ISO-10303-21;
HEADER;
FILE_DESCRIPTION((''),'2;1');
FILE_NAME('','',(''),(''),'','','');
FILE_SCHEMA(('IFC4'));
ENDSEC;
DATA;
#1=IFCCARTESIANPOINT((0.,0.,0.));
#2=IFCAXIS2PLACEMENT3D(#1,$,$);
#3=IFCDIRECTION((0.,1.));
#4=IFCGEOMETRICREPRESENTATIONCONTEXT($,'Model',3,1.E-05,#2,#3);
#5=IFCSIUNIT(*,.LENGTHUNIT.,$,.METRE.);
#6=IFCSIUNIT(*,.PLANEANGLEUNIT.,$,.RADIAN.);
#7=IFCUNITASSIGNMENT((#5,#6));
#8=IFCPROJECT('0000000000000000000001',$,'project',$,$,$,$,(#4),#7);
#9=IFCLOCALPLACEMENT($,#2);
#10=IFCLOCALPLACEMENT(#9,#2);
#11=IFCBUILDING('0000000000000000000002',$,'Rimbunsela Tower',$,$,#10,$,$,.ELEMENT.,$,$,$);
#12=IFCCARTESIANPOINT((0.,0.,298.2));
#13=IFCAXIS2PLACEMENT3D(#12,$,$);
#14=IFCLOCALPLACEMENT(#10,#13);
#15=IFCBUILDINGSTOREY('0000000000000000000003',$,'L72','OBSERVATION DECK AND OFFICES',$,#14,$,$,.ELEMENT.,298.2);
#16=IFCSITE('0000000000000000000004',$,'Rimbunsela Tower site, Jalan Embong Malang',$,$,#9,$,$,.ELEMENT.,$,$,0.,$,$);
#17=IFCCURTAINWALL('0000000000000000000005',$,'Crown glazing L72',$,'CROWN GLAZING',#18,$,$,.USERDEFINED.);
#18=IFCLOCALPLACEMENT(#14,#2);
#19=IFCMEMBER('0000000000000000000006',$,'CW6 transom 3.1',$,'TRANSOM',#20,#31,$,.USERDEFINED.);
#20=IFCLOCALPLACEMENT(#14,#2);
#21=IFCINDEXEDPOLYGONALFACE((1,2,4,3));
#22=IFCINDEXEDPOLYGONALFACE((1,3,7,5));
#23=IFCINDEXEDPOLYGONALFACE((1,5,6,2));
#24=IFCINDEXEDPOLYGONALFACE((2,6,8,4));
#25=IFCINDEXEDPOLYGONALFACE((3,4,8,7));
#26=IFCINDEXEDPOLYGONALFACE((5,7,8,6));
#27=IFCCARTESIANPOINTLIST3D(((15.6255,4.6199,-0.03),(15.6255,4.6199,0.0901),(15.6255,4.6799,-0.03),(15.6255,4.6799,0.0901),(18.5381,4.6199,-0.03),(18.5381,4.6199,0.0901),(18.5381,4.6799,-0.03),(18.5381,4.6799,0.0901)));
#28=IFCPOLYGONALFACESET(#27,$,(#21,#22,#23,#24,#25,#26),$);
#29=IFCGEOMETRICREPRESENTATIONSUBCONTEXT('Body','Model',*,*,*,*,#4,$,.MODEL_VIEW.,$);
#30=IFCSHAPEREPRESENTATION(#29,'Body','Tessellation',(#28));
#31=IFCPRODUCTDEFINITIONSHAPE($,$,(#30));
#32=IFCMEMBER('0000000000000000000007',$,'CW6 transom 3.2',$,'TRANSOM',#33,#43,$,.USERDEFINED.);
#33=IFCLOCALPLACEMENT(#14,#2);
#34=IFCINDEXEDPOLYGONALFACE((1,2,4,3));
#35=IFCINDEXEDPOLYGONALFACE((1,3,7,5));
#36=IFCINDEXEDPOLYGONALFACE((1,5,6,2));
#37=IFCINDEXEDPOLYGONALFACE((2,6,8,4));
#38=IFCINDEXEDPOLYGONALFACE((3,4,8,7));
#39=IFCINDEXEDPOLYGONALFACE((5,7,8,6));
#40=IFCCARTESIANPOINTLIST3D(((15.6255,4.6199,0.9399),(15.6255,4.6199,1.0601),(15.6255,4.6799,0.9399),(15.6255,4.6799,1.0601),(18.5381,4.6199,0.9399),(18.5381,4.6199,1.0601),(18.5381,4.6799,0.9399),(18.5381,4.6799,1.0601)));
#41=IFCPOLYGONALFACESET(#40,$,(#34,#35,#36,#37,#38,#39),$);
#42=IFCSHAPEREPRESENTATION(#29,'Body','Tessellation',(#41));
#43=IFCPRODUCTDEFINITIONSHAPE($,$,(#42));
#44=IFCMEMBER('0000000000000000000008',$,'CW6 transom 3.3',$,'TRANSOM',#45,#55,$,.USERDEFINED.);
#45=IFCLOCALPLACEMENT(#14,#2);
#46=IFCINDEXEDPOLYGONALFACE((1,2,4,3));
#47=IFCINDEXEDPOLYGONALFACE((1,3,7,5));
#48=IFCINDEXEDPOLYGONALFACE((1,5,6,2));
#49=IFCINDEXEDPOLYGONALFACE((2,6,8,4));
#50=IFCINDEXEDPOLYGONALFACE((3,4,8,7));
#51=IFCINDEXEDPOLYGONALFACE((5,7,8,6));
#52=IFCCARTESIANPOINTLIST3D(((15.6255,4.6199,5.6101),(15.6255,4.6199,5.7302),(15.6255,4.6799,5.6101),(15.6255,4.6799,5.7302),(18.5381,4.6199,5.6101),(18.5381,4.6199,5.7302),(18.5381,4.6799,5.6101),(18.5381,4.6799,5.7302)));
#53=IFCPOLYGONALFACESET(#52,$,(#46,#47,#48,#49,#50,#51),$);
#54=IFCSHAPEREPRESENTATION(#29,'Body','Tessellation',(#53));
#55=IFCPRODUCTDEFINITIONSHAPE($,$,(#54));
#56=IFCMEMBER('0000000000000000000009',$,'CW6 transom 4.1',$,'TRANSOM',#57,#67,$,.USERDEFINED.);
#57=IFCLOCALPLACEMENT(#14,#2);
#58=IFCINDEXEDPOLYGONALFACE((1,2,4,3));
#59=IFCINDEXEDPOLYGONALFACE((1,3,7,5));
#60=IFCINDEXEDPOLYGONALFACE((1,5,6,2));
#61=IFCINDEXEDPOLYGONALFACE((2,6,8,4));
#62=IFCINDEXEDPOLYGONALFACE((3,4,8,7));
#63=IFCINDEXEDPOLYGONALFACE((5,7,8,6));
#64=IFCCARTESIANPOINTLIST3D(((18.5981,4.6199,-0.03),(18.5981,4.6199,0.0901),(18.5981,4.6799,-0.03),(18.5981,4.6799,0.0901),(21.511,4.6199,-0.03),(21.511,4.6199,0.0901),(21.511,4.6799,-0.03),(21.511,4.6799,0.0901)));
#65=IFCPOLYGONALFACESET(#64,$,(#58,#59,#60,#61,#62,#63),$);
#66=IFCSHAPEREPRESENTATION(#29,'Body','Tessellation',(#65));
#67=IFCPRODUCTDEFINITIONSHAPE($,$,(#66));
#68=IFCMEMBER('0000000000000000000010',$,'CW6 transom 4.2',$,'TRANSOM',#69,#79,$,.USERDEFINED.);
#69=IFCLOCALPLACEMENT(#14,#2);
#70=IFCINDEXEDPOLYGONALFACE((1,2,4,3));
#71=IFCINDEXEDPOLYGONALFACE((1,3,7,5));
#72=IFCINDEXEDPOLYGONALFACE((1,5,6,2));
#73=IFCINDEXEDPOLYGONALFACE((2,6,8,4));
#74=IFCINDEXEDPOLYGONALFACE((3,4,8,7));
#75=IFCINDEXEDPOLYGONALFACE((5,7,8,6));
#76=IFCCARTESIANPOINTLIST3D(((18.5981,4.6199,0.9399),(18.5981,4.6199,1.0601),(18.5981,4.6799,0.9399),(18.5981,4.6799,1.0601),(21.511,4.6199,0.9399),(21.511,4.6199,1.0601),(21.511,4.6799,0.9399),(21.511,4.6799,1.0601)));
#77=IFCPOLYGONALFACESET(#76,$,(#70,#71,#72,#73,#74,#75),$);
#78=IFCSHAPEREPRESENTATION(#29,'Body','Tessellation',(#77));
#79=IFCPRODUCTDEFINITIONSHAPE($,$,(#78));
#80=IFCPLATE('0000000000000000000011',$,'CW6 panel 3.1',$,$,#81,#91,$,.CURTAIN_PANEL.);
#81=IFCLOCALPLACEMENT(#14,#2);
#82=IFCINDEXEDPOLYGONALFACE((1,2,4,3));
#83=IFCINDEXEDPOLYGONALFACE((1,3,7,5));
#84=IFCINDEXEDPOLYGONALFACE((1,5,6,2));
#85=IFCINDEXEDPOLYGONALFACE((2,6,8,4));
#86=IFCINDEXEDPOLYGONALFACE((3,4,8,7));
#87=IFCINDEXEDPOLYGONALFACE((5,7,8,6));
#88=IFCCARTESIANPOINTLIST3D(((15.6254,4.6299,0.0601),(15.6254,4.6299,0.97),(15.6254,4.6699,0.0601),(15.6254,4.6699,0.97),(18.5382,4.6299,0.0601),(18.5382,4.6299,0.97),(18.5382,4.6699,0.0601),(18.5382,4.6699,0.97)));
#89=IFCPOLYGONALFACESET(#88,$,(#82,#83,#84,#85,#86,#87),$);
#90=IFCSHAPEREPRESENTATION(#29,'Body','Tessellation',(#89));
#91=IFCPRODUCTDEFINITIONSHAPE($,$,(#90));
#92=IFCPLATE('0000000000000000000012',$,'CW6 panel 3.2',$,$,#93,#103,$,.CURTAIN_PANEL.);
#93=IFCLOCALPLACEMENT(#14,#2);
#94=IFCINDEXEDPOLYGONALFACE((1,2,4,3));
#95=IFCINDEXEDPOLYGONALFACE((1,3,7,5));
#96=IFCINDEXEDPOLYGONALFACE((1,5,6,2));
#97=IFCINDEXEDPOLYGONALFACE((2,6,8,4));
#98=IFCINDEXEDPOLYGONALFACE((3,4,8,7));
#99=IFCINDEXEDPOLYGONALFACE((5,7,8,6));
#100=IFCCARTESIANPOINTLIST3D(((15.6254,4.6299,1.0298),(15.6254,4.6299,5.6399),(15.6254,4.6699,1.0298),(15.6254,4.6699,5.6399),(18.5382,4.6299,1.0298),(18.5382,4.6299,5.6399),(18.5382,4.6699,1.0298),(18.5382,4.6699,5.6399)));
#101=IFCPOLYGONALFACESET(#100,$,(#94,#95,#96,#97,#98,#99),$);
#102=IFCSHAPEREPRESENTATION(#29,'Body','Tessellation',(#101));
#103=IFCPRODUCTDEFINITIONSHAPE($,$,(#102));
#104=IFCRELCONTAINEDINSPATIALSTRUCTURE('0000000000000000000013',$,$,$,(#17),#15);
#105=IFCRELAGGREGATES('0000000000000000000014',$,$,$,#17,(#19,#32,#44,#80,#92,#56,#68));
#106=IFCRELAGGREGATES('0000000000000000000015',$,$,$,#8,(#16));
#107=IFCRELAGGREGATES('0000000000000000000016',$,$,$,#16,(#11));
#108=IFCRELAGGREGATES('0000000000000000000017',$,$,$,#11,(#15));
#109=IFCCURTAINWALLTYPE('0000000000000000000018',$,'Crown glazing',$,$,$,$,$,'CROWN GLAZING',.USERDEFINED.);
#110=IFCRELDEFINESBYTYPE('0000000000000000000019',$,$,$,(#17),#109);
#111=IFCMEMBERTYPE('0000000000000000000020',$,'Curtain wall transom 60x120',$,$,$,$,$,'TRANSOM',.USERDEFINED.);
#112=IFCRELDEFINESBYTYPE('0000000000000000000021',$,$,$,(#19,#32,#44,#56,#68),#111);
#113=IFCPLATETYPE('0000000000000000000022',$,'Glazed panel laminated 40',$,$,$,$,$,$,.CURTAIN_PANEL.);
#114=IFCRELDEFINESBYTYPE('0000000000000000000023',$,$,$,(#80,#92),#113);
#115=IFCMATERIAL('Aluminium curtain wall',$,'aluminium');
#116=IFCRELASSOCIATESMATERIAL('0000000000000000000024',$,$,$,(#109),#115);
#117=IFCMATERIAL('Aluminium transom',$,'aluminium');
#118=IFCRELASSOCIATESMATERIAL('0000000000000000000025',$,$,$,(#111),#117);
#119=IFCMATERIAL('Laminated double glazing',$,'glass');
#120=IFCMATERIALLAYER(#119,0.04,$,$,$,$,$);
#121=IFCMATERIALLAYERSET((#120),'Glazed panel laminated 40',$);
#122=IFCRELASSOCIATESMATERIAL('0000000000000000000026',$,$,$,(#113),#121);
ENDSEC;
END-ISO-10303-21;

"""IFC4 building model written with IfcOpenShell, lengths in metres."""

from ifc_helpers import new_model, si_unit, direction, frame, origin, origin_2d, place, context, subcontext, project, spatial, rectangle, extrude, material, layer, layer_set, material_profile, profile_set, type_object, element, aggregate, save


model = new_model("IFC4")

# Units and contexts
model_context = context("Model", 3, precision=1e-05, world=origin(), true_north=direction((0.0, 1.0)))
body_context = subcontext(model_context, "Body", "Model", "MODEL_VIEW")
ifc_project = project(units=[si_unit("LENGTHUNIT", "METRE"), si_unit("PLANEANGLEUNIT", "RADIAN")], contexts=[model_context])

# Site, building, storey
site_placement = place(None, origin())
site = spatial("IfcSite", under=ifc_project, at=site_placement, Name="Rimbunsela Tower site, Jalan Embong Malang", CompositionType="ELEMENT", RefElevation=0.0)
building_placement = place(site_placement, origin())
building = spatial("IfcBuilding", under=site, at=building_placement, Name="Rimbunsela Tower", CompositionType="ELEMENT")
storey_placement = place(building_placement, frame((0.0, 0.0, 298.2)))
storey = spatial("IfcBuildingStorey", under=building, at=storey_placement, Name="L72", Description="OBSERVATION DECK AND OFFICES", CompositionType="ELEMENT", Elevation=298.2)

# Curtain wall, members, plates
ifc_material_1 = material(Name="Aluminium curtain wall", Category="aluminium")
curtain_wall_type = type_object("IfcCurtainWallType", Name="Crown glazing", ElementType="CROWN GLAZING", PredefinedType="USERDEFINED", material=ifc_material_1)
curtain_wall_placement = place(storey_placement, origin())
curtain_wall = element("IfcCurtainWall", 1, at=curtain_wall_placement, inside=storey, type_object=curtain_wall_type, Name="Crown glazing L72", ObjectType="CROWN GLAZING", PredefinedType="USERDEFINED")
ifc_material_2 = material(Name="Aluminium transom", Category="aluminium")
ifc_material_profile_1 = material_profile(ifc_material_2, rectangle(XDim=0.0601, YDim=0.1201, at=origin_2d()), Name="Transom 60x120")
ifc_profile_set_1 = profile_set([ifc_material_profile_1], Name="Aluminium transom")
member_type_1 = type_object("IfcMemberType", Name="Curtain wall transom 60x120", ElementType="TRANSOM", PredefinedType="USERDEFINED", material=ifc_profile_set_1)
member_1_placement = place(storey_placement, frame((15.6255, 4.6499, 0.03), z_axis=(1.0, 0.0, 0.0), x_axis=(0.0, 1.0, 0.0)))
member_1 = element("IfcMember", 2, at=member_1_placement, type_object=member_type_1, Name="CW6 transom 3.1", ObjectType="TRANSOM", PredefinedType="USERDEFINED", context=body_context, shape_type="SweptSolid", body=[
    extrude(rectangle(XDim=0.0601, YDim=0.1201, at=origin_2d()), origin(), (0.0, 0.0, 1.0), 2.9126),
])
member_2_placement = place(storey_placement, frame((15.6255, 4.6499, 1.0), z_axis=(1.0, 0.0, 0.0), x_axis=(0.0, 1.0, 0.0)))
member_2 = element("IfcMember", 3, at=member_2_placement, type_object=member_type_1, Name="CW6 transom 3.2", ObjectType="TRANSOM", PredefinedType="USERDEFINED", context=body_context, shape_type="SweptSolid", body=[
    extrude(rectangle(XDim=0.0601, YDim=0.1201, at=origin_2d()), origin(), (0.0, 0.0, 1.0), 2.9126),
])
member_3_placement = place(storey_placement, frame((15.6255, 4.6499, 5.6702), z_axis=(1.0, 0.0, 0.0), x_axis=(0.0, 1.0, 0.0)))
member_3 = element("IfcMember", 4, at=member_3_placement, type_object=member_type_1, Name="CW6 transom 3.3", ObjectType="TRANSOM", PredefinedType="USERDEFINED", context=body_context, shape_type="SweptSolid", body=[
    extrude(rectangle(XDim=0.0601, YDim=0.1201, at=origin_2d()), origin(), (0.0, 0.0, 1.0), 2.9126),
])
member_4_placement = place(storey_placement, frame((18.5981, 4.6499, 0.03), z_axis=(1.0, 0.0, 0.0), x_axis=(0.0, 1.0, 0.0)))
member_4 = element("IfcMember", 5, at=member_4_placement, type_object=member_type_1, Name="CW6 transom 4.1", ObjectType="TRANSOM", PredefinedType="USERDEFINED", context=body_context, shape_type="SweptSolid", body=[
    extrude(rectangle(XDim=0.0601, YDim=0.1201, at=origin_2d()), origin(), (0.0, 0.0, 1.0), 2.9128),
])
member_5_placement = place(storey_placement, frame((18.5981, 4.6499, 1.0), z_axis=(1.0, 0.0, 0.0), x_axis=(0.0, 1.0, 0.0)))
member_5 = element("IfcMember", 6, at=member_5_placement, type_object=member_type_1, Name="CW6 transom 4.2", ObjectType="TRANSOM", PredefinedType="USERDEFINED", context=body_context, shape_type="SweptSolid", body=[
    extrude(rectangle(XDim=0.0601, YDim=0.1201, at=origin_2d()), origin(), (0.0, 0.0, 1.0), 2.9128),
])
ifc_material_3 = material(Name="Laminated double glazing", Category="glass")
ifc_layer = layer(ifc_material_3, 0.04)
ifc_layer_set = layer_set([ifc_layer], Name="Glazed panel laminated 40")
plate_type = type_object("IfcPlateType", Name="Glazed panel laminated 40", PredefinedType="CURTAIN_PANEL", material=ifc_layer_set)
plate_1_placement = place(storey_placement, frame((17.0818, 4.6499, 0.0601), z_axis=(0.0, 0.0, 1.0), x_axis=(1.0, 0.0, 0.0)))
plate_1 = element("IfcPlate", 7, at=plate_1_placement, type_object=plate_type, Name="CW6 panel 3.1", PredefinedType="CURTAIN_PANEL", context=body_context, shape_type="SweptSolid", body=[
    extrude(rectangle(XDim=2.9128, YDim=0.04, at=origin_2d()), origin(), (0.0, 0.0, 1.0), 0.9099),
])
plate_2_placement = place(storey_placement, frame((17.0818, 4.6499, 1.0298), z_axis=(0.0, 0.0, 1.0), x_axis=(1.0, 0.0, 0.0)))
plate_2 = element("IfcPlate", 8, at=plate_2_placement, type_object=plate_type, Name="CW6 panel 3.2", PredefinedType="CURTAIN_PANEL", context=body_context, shape_type="SweptSolid", body=[
    extrude(rectangle(XDim=2.9128, YDim=0.04, at=origin_2d()), origin(), (0.0, 0.0, 1.0), 4.6101),
])
aggregate(curtain_wall, [member_1, member_2, member_3, plate_1, plate_2, member_4, member_5])

save(model, "model.ifc")
